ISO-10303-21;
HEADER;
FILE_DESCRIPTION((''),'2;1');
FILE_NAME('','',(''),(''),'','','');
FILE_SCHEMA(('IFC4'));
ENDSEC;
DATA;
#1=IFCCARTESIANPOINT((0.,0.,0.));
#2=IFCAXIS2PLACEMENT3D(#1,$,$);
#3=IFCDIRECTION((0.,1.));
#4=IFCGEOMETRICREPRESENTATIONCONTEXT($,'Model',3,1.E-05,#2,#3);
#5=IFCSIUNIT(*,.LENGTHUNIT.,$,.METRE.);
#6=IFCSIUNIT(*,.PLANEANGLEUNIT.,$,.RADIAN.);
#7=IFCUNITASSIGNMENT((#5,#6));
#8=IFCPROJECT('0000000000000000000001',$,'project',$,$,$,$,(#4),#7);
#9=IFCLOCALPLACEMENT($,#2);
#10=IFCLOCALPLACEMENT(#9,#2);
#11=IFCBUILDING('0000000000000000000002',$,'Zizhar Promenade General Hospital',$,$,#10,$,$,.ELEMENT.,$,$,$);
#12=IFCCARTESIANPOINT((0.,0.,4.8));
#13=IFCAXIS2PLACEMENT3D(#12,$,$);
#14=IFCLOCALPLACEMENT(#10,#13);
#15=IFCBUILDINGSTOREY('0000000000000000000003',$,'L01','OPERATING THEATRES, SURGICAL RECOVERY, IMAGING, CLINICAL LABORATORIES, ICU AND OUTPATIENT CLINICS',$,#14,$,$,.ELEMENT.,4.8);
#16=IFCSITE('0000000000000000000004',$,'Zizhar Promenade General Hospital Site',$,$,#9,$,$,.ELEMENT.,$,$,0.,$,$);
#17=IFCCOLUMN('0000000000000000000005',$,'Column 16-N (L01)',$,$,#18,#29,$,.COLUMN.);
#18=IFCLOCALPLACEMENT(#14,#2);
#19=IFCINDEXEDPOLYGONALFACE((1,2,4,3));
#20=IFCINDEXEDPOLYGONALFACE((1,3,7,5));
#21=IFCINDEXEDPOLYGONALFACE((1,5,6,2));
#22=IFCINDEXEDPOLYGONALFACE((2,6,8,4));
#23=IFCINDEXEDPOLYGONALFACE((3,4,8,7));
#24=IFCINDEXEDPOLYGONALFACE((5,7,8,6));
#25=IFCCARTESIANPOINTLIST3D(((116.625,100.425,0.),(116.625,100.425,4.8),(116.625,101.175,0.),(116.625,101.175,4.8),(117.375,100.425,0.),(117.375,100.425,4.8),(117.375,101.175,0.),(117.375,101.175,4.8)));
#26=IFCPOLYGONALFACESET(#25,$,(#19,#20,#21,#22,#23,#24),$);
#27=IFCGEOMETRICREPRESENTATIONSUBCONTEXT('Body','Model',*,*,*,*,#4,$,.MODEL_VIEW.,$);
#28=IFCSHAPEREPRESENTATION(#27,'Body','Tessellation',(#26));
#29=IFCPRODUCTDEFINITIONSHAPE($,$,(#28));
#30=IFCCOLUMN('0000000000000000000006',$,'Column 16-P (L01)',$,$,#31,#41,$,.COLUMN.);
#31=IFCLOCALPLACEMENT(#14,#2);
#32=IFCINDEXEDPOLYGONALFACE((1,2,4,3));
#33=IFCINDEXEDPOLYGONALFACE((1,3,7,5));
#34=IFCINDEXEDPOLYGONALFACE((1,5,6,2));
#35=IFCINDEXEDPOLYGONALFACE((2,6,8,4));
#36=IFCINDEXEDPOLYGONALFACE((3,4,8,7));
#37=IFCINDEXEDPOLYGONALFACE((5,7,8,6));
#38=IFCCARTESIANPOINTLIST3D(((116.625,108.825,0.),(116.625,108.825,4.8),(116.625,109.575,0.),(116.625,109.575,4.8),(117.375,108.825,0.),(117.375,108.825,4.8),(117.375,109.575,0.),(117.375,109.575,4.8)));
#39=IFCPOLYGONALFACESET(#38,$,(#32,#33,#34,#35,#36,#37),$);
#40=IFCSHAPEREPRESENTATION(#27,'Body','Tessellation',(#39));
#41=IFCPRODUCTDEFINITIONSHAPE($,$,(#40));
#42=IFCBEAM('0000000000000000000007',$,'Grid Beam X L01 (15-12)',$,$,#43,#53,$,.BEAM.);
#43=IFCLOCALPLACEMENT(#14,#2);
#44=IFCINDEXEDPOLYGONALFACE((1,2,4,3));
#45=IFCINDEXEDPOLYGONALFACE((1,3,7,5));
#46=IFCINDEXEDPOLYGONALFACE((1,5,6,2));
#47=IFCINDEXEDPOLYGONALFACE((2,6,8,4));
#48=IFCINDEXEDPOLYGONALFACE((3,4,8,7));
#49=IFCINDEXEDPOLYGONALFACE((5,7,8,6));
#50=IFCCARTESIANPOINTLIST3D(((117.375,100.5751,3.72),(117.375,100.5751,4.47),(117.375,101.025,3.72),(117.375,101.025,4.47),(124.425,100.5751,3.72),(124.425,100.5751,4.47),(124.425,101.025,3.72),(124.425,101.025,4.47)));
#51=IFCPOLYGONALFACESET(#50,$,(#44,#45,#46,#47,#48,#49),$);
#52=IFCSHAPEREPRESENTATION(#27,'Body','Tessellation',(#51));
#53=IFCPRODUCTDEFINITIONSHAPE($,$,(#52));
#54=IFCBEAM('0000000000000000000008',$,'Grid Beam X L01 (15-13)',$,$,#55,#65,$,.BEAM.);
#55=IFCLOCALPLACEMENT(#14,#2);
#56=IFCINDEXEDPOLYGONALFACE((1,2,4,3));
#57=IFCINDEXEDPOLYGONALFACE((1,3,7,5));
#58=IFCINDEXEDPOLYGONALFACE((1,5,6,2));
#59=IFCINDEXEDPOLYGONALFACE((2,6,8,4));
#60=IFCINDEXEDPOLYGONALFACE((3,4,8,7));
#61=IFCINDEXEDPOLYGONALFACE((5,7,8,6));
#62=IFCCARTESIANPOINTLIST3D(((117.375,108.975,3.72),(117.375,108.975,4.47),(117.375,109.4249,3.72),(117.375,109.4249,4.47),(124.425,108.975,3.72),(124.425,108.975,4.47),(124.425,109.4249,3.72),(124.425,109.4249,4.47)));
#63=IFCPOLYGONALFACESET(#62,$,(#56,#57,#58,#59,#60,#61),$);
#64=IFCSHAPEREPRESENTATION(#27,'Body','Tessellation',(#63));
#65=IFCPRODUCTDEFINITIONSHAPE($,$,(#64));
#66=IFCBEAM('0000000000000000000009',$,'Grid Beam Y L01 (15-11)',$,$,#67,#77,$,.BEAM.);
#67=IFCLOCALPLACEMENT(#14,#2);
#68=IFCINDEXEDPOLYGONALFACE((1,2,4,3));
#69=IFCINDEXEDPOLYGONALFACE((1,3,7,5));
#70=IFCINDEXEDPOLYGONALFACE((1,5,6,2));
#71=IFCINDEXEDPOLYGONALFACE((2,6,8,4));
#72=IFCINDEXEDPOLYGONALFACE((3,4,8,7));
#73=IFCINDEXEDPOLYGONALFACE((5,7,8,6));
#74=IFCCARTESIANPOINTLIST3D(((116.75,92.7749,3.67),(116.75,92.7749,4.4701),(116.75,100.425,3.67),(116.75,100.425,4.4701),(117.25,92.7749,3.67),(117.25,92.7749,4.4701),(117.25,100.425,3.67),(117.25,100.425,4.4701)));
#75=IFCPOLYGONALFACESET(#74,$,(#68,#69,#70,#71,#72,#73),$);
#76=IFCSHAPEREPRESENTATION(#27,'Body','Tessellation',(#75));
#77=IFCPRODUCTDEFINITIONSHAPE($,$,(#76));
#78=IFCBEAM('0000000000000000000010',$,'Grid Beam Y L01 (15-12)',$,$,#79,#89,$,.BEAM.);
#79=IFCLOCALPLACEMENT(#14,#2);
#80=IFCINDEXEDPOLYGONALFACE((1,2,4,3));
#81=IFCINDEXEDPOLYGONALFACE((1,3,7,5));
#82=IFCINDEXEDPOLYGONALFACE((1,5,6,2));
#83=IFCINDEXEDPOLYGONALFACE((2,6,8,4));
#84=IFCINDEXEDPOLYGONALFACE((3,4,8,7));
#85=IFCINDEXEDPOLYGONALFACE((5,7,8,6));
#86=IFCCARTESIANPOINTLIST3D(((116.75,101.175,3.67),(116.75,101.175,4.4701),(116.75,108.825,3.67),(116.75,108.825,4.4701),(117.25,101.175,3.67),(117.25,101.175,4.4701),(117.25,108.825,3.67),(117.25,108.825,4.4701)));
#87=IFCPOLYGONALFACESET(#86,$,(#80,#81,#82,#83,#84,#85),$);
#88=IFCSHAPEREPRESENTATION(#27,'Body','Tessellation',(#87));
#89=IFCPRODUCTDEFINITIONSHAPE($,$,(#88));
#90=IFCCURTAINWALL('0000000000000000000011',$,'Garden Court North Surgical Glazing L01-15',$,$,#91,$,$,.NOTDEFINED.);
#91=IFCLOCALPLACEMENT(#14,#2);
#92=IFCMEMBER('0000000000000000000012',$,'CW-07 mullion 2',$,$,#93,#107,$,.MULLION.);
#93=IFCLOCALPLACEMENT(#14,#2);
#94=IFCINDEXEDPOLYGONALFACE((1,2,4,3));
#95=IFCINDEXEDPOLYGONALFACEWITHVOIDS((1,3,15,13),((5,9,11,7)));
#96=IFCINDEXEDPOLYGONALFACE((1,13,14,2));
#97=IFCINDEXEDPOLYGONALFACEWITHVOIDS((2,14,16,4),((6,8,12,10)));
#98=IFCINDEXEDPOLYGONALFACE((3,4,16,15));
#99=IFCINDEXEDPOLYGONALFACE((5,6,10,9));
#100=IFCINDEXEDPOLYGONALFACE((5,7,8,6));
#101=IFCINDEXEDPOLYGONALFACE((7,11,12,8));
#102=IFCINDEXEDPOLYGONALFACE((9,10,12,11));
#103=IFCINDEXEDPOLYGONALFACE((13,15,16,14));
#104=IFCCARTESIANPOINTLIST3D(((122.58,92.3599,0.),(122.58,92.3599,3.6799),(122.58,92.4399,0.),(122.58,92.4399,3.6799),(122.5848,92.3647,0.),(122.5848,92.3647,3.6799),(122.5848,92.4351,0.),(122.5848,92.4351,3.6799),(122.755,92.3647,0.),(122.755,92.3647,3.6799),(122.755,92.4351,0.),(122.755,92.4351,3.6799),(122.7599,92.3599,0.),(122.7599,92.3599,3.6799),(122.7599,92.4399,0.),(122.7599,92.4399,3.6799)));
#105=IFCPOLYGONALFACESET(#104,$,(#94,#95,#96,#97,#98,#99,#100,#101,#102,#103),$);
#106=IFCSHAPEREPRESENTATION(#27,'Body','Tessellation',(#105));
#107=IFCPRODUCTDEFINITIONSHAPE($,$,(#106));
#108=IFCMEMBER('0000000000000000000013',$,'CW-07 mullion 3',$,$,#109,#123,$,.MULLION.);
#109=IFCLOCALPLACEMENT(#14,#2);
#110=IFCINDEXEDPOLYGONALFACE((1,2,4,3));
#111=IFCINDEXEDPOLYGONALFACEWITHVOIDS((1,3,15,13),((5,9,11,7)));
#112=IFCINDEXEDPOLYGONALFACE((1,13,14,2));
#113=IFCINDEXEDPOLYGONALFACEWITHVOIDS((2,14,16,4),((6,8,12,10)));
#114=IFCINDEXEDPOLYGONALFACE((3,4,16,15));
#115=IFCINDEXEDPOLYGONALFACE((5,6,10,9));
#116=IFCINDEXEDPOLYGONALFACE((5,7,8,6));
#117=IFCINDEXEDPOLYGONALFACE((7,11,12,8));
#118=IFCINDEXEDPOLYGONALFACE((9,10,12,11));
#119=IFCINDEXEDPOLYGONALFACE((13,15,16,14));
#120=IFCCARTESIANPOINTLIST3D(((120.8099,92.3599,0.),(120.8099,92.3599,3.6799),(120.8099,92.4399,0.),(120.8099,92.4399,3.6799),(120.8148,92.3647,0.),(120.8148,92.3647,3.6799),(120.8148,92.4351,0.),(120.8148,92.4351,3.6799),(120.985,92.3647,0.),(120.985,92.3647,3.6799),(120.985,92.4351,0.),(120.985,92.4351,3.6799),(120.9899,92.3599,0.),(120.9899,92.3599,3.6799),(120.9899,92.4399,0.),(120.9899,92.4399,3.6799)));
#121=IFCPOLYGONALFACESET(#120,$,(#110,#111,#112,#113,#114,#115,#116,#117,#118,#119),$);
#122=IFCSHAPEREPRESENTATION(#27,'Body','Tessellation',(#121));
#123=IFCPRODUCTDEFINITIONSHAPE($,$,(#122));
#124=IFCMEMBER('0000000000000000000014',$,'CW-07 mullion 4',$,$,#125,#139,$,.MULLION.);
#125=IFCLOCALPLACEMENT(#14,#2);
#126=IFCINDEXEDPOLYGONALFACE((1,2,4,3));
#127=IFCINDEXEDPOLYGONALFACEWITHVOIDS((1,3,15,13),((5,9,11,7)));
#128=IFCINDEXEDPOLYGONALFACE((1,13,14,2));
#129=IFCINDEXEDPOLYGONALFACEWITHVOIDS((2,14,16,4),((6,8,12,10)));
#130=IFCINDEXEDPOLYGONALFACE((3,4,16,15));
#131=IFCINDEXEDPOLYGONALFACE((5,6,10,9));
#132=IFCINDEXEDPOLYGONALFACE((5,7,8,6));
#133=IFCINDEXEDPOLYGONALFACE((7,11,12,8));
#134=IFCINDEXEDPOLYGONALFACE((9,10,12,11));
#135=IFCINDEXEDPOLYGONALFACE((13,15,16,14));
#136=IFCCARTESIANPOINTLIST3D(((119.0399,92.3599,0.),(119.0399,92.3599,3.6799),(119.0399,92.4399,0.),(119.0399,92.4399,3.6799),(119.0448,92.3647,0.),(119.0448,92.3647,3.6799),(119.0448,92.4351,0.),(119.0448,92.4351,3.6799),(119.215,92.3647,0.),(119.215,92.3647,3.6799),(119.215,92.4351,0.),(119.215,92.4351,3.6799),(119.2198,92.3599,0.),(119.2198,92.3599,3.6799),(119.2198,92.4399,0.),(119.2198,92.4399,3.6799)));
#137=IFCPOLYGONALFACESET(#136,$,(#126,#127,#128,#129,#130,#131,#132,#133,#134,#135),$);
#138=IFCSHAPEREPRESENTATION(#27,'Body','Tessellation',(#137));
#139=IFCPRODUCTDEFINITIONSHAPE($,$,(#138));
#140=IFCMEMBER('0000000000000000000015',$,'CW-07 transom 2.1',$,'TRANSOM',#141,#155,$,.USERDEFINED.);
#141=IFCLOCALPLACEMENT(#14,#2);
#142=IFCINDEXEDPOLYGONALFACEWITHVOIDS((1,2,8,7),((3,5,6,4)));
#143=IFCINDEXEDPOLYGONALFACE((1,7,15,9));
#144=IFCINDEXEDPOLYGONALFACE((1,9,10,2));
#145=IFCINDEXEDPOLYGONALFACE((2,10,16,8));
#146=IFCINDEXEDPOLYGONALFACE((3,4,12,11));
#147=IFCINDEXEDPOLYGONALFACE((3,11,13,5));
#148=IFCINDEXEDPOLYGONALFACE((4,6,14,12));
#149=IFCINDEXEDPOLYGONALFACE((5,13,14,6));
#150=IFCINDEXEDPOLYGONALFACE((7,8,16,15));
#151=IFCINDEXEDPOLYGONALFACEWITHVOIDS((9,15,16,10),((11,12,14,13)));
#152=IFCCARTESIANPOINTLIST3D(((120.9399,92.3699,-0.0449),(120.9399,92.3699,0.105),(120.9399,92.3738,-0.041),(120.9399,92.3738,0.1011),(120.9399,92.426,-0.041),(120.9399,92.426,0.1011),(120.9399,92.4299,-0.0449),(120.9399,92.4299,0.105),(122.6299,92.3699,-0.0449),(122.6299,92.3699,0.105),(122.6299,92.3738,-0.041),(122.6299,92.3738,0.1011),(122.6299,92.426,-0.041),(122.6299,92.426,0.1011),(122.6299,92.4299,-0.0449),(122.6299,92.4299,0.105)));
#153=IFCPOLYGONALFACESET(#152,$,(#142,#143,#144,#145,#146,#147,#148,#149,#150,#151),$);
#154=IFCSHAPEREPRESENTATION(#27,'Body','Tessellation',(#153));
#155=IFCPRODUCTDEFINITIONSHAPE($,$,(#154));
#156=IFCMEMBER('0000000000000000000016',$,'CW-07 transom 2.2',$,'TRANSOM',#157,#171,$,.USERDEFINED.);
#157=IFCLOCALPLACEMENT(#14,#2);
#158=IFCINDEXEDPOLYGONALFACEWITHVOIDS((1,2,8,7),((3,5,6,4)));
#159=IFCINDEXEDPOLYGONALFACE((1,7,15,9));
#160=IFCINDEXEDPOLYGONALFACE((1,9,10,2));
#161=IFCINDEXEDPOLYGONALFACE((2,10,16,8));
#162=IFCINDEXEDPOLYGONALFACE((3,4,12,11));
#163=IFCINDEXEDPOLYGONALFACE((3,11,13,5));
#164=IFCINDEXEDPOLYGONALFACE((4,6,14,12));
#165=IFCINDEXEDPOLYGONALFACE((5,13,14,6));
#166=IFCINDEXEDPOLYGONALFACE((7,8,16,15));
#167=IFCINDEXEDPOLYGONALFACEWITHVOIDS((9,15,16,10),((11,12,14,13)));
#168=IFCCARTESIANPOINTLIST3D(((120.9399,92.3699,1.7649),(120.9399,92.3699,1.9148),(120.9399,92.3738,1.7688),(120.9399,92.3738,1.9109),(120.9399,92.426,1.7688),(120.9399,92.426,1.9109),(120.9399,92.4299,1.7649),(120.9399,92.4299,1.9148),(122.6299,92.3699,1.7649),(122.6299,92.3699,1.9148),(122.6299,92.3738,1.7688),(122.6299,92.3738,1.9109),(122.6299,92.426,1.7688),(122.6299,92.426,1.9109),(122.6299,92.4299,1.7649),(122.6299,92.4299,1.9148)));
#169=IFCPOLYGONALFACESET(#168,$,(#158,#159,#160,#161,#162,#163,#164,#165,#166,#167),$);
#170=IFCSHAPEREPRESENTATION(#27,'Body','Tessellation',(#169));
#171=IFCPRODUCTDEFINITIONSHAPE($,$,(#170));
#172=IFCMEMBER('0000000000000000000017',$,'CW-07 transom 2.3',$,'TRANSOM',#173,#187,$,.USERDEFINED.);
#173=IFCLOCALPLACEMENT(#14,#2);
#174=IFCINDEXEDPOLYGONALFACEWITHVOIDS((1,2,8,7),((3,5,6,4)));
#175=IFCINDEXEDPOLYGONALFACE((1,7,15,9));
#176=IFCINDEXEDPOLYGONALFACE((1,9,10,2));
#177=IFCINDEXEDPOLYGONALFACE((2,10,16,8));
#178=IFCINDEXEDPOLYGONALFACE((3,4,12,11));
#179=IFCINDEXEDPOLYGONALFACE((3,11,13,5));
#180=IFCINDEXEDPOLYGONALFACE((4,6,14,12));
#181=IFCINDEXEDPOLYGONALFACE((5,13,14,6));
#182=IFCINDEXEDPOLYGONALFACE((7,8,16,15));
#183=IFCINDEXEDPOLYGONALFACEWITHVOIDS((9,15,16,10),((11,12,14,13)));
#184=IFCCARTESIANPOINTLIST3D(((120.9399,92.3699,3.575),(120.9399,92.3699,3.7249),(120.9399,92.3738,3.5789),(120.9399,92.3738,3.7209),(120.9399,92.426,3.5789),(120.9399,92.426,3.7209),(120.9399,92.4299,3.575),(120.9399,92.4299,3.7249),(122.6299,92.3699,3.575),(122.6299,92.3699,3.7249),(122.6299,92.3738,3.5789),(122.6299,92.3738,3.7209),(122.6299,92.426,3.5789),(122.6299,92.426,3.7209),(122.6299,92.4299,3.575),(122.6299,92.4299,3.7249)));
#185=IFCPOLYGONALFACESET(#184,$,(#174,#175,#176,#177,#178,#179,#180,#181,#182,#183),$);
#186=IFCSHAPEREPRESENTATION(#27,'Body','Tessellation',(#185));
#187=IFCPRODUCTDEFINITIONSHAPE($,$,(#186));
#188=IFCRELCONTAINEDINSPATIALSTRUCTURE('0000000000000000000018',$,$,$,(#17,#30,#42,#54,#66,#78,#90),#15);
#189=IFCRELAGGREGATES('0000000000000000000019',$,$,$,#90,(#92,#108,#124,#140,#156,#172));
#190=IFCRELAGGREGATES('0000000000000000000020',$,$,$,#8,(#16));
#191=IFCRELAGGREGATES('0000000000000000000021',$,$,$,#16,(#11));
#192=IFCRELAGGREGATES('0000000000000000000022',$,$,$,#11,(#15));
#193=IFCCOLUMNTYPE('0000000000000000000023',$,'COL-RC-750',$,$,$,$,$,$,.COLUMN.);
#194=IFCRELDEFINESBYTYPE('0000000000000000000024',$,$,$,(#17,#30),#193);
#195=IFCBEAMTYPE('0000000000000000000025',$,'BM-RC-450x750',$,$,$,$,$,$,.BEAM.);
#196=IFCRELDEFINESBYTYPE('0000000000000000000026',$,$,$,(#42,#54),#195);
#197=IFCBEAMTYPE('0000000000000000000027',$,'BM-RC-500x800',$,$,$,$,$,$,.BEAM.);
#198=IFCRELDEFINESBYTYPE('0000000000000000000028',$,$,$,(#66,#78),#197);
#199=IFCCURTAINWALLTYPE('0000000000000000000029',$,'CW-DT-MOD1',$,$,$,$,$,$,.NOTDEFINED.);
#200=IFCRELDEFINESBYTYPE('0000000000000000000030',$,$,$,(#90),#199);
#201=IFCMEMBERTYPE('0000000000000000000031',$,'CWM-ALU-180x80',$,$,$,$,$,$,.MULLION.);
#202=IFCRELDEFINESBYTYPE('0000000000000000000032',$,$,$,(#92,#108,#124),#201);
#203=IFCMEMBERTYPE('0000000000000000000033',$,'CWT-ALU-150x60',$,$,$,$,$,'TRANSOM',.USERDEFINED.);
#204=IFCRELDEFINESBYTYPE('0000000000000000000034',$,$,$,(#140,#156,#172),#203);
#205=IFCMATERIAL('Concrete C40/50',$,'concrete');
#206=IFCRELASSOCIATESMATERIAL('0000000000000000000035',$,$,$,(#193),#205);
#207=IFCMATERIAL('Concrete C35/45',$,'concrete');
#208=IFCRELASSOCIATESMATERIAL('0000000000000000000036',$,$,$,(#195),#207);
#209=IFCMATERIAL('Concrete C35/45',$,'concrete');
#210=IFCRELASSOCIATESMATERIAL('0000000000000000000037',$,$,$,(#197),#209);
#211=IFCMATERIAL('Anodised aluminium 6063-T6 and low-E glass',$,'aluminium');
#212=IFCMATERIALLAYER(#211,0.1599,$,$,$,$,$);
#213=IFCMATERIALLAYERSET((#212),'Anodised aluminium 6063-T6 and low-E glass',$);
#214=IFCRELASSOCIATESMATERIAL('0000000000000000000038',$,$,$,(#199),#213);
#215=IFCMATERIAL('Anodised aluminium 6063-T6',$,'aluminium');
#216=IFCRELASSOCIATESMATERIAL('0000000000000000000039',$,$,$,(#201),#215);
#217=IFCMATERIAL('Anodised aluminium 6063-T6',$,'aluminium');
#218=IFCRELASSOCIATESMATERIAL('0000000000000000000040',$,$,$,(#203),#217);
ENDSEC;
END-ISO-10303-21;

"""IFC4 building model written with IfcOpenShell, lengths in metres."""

from ifc_helpers import new_model, si_unit, direction, frame, origin, origin_2d, place, context, subcontext, project, spatial, rectangle, hollow_rectangle, extrude, material, layer, layer_set, material_profile, profile_set, type_object, element, aggregate, save


model = new_model("IFC4")

# Units and contexts
model_context = context("Model", 3, precision=1e-05, world=origin(), true_north=direction((0.0, 1.0)))
body_context = subcontext(model_context, "Body", "Model", "MODEL_VIEW")
ifc_project = project(units=[si_unit("LENGTHUNIT", "METRE"), si_unit("PLANEANGLEUNIT", "RADIAN")], contexts=[model_context])

# Site, building, storey
site_placement = place(None, origin())
site = spatial("IfcSite", under=ifc_project, at=site_placement, Name="Zizhar Promenade General Hospital Site", CompositionType="ELEMENT", RefElevation=0.0)
building_placement = place(site_placement, origin())
building = spatial("IfcBuilding", under=site, at=building_placement, Name="Zizhar Promenade General Hospital", CompositionType="ELEMENT")
storey_placement = place(building_placement, frame((0.0, 0.0, 4.8)))
storey = spatial("IfcBuildingStorey", under=building, at=storey_placement, Name="L01", Description="OPERATING THEATRES, SURGICAL RECOVERY, IMAGING, CLINICAL LABORATORIES, ICU AND OUTPATIENT CLINICS", CompositionType="ELEMENT", Elevation=4.8)

# Columns
ifc_material_1 = material(Name="Concrete C40/50", Category="concrete")
ifc_material_profile_1 = material_profile(ifc_material_1, rectangle(XDim=0.75, YDim=0.75, at=origin_2d()))
ifc_profile_set_1 = profile_set([ifc_material_profile_1], Name="Concrete C40/50")
column_type = type_object("IfcColumnType", Name="COL-RC-750", PredefinedType="COLUMN", material=ifc_profile_set_1)
for number, where, z_axis, x_axis, name in (
    (1, (117.0, 100.8, 0.0), (0.0, 0.0, 1.0), (1.0, 0.0, 0.0), "Column 16-N (L01)"),
    (2, (117.0, 109.2, 0.0), (0.0, 0.0, 1.0), (1.0, 0.0, 0.0), "Column 16-P (L01)"),
):
    element("IfcColumn", number, at=place(storey_placement, frame(where, z_axis=z_axis, x_axis=x_axis)), inside=storey, type_object=column_type, Name=name, PredefinedType="COLUMN", context=body_context, shape_type="SweptSolid", body=[
        extrude(rectangle(XDim=0.75, YDim=0.75, at=origin_2d()), origin(), (0.0, 0.0, 1.0), 4.8),
    ])

# Beams
ifc_material_2 = material(Name="Concrete C35/45", Category="concrete")
ifc_material_profile_2 = material_profile(ifc_material_2, rectangle(XDim=0.45, YDim=0.75, at=origin_2d()))
ifc_profile_set_2 = profile_set([ifc_material_profile_2], Name="Concrete C35/45")
beam_type_1 = type_object("IfcBeamType", Name="BM-RC-450x750", PredefinedType="BEAM", material=ifc_profile_set_2)
for number, where, z_axis, x_axis, name in (
    (3, (117.375, 100.8, 4.095), (1.0, 0.0, 0.0), (0.0, 1.0, 0.0), "Grid Beam X L01 (15-12)"),
    (4, (117.375, 109.2, 4.095), (1.0, 0.0, 0.0), (0.0, 1.0, 0.0), "Grid Beam X L01 (15-13)"),
):
    element("IfcBeam", number, at=place(storey_placement, frame(where, z_axis=z_axis, x_axis=x_axis)), inside=storey, type_object=beam_type_1, Name=name, PredefinedType="BEAM", context=body_context, shape_type="SweptSolid", body=[
        extrude(rectangle(XDim=0.45, YDim=0.75, at=origin_2d()), origin(), (0.0, 0.0, 1.0), 7.05),
    ])
ifc_material_3 = material(Name="Concrete C35/45", Category="concrete")
ifc_material_profile_3 = material_profile(ifc_material_3, rectangle(XDim=0.5, YDim=0.8, at=origin_2d()))
ifc_profile_set_3 = profile_set([ifc_material_profile_3], Name="Concrete C35/45")
beam_type_2 = type_object("IfcBeamType", Name="BM-RC-500x800", PredefinedType="BEAM", material=ifc_profile_set_3)
beam_1_placement = place(storey_placement, frame((117.0, 92.7749, 4.0701), z_axis=(0.0, 1.0, 0.0), x_axis=(-1.0, 0.0, 0.0)))
element("IfcBeam", 5, at=beam_1_placement, inside=storey, type_object=beam_type_2, Name="Grid Beam Y L01 (15-11)", PredefinedType="BEAM", context=body_context, shape_type="SweptSolid", body=[
    extrude(rectangle(XDim=0.5, YDim=0.8, at=origin_2d()), origin(), (0.0, 0.0, 1.0), 7.6501),
])
beam_2_placement = place(storey_placement, frame((117.0, 101.175, 4.0701), z_axis=(0.0, 1.0, 0.0), x_axis=(-1.0, 0.0, 0.0)))
element("IfcBeam", 6, at=beam_2_placement, inside=storey, type_object=beam_type_2, Name="Grid Beam Y L01 (15-12)", PredefinedType="BEAM", context=body_context, shape_type="SweptSolid", body=[
    extrude(rectangle(XDim=0.5, YDim=0.8, at=origin_2d()), origin(), (0.0, 0.0, 1.0), 7.6499),
])

# Curtain wall, members
ifc_material_4 = material(Name="Anodised aluminium 6063-T6 and low-E glass", Category="aluminium")
ifc_layer_1 = layer(ifc_material_4, 0.1599)
ifc_layer_set_1 = layer_set([ifc_layer_1], Name="Anodised aluminium 6063-T6 and low-E glass")
curtain_wall_type = type_object("IfcCurtainWallType", Name="CW-DT-MOD1", PredefinedType="NOTDEFINED", material=ifc_layer_set_1)
curtain_wall_placement = place(storey_placement, origin())
curtain_wall = element("IfcCurtainWall", 7, at=curtain_wall_placement, inside=storey, type_object=curtain_wall_type, Name="Garden Court North Surgical Glazing L01-15", PredefinedType="NOTDEFINED")
ifc_material_5 = material(Name="Anodised aluminium 6063-T6", Category="aluminium")
ifc_material_profile_4 = material_profile(ifc_material_5, hollow_rectangle(XDim=0.0801, YDim=0.1799, WallThickness=0.0049, at=origin_2d()))
ifc_profile_set_4 = profile_set([ifc_material_profile_4], Name="Anodised aluminium 6063-T6")
member_type_1 = type_object("IfcMemberType", Name="CWM-ALU-180x80", PredefinedType="MULLION", material=ifc_profile_set_4)
member_1_placement = place(storey_placement, frame((122.6699, 92.3999, 0.0), z_axis=(0.0, 0.0, 1.0), x_axis=(0.0, -1.0, 0.0)))
member_1 = element("IfcMember", 8, at=member_1_placement, type_object=member_type_1, Name="CW-07 mullion 2", PredefinedType="MULLION", context=body_context, shape_type="SweptSolid", body=[
    extrude(hollow_rectangle(XDim=0.0801, YDim=0.1799, WallThickness=0.0049, at=origin_2d()), origin(), (0.0, 0.0, 1.0), 3.6799),
])
member_2_placement = place(storey_placement, frame((120.8999, 92.3999, 0.0), z_axis=(0.0, 0.0, 1.0), x_axis=(0.0, -1.0, 0.0)))
member_2 = element("IfcMember", 9, at=member_2_placement, type_object=member_type_1, Name="CW-07 mullion 3", PredefinedType="MULLION", context=body_context, shape_type="SweptSolid", body=[
    extrude(hollow_rectangle(XDim=0.0801, YDim=0.1799, WallThickness=0.0049, at=origin_2d()), origin(), (0.0, 0.0, 1.0), 3.6799),
])
member_3_placement = place(storey_placement, frame((119.1299, 92.3999, 0.0), z_axis=(0.0, 0.0, 1.0), x_axis=(0.0, -1.0, 0.0)))
member_3 = element("IfcMember", 10, at=member_3_placement, type_object=member_type_1, Name="CW-07 mullion 4", PredefinedType="MULLION", context=body_context, shape_type="SweptSolid", body=[
    extrude(hollow_rectangle(XDim=0.0801, YDim=0.1799, WallThickness=0.0049, at=origin_2d()), origin(), (0.0, 0.0, 1.0), 3.6799),
])
ifc_material_6 = material(Name="Anodised aluminium 6063-T6", Category="aluminium")
ifc_material_profile_5 = material_profile(ifc_material_6, hollow_rectangle(XDim=0.0601, YDim=0.1499, WallThickness=0.0039, at=origin_2d()))
ifc_profile_set_5 = profile_set([ifc_material_profile_5], Name="Anodised aluminium 6063-T6")
member_type_2 = type_object("IfcMemberType", Name="CWT-ALU-150x60", ElementType="TRANSOM", PredefinedType="USERDEFINED", material=ifc_profile_set_5)
member_4_placement = place(storey_placement, frame((122.6299, 92.3999, 0.03), z_axis=(-1.0, 0.0, 0.0), x_axis=(0.0, -1.0, 0.0)))
member_4 = element("IfcMember", 11, at=member_4_placement, type_object=member_type_2, Name="CW-07 transom 2.1", ObjectType="TRANSOM", PredefinedType="USERDEFINED", context=body_context, shape_type="SweptSolid", body=[
    extrude(hollow_rectangle(XDim=0.0601, YDim=0.1499, WallThickness=0.0039, at=origin_2d()), origin(), (0.0, 0.0, 1.0), 1.6899),
])
member_5_placement = place(storey_placement, frame((122.6299, 92.3999, 1.8398), z_axis=(-1.0, 0.0, 0.0), x_axis=(0.0, -1.0, 0.0)))
member_5 = element("IfcMember", 12, at=member_5_placement, type_object=member_type_2, Name="CW-07 transom 2.2", ObjectType="TRANSOM", PredefinedType="USERDEFINED", context=body_context, shape_type="SweptSolid", body=[
    extrude(hollow_rectangle(XDim=0.0601, YDim=0.1499, WallThickness=0.0039, at=origin_2d()), origin(), (0.0, 0.0, 1.0), 1.6899),
])
member_6_placement = place(storey_placement, frame((122.6299, 92.3999, 3.6499), z_axis=(-1.0, 0.0, 0.0), x_axis=(0.0, -1.0, 0.0)))
member_6 = element("IfcMember", 13, at=member_6_placement, type_object=member_type_2, Name="CW-07 transom 2.3", ObjectType="TRANSOM", PredefinedType="USERDEFINED", context=body_context, shape_type="SweptSolid", body=[
    extrude(hollow_rectangle(XDim=0.0601, YDim=0.1499, WallThickness=0.0039, at=origin_2d()), origin(), (0.0, 0.0, 1.0), 1.6899),
])
aggregate(curtain_wall, [member_1, member_2, member_3, member_4, member_5, member_6])

save(model, "model.ifc")
